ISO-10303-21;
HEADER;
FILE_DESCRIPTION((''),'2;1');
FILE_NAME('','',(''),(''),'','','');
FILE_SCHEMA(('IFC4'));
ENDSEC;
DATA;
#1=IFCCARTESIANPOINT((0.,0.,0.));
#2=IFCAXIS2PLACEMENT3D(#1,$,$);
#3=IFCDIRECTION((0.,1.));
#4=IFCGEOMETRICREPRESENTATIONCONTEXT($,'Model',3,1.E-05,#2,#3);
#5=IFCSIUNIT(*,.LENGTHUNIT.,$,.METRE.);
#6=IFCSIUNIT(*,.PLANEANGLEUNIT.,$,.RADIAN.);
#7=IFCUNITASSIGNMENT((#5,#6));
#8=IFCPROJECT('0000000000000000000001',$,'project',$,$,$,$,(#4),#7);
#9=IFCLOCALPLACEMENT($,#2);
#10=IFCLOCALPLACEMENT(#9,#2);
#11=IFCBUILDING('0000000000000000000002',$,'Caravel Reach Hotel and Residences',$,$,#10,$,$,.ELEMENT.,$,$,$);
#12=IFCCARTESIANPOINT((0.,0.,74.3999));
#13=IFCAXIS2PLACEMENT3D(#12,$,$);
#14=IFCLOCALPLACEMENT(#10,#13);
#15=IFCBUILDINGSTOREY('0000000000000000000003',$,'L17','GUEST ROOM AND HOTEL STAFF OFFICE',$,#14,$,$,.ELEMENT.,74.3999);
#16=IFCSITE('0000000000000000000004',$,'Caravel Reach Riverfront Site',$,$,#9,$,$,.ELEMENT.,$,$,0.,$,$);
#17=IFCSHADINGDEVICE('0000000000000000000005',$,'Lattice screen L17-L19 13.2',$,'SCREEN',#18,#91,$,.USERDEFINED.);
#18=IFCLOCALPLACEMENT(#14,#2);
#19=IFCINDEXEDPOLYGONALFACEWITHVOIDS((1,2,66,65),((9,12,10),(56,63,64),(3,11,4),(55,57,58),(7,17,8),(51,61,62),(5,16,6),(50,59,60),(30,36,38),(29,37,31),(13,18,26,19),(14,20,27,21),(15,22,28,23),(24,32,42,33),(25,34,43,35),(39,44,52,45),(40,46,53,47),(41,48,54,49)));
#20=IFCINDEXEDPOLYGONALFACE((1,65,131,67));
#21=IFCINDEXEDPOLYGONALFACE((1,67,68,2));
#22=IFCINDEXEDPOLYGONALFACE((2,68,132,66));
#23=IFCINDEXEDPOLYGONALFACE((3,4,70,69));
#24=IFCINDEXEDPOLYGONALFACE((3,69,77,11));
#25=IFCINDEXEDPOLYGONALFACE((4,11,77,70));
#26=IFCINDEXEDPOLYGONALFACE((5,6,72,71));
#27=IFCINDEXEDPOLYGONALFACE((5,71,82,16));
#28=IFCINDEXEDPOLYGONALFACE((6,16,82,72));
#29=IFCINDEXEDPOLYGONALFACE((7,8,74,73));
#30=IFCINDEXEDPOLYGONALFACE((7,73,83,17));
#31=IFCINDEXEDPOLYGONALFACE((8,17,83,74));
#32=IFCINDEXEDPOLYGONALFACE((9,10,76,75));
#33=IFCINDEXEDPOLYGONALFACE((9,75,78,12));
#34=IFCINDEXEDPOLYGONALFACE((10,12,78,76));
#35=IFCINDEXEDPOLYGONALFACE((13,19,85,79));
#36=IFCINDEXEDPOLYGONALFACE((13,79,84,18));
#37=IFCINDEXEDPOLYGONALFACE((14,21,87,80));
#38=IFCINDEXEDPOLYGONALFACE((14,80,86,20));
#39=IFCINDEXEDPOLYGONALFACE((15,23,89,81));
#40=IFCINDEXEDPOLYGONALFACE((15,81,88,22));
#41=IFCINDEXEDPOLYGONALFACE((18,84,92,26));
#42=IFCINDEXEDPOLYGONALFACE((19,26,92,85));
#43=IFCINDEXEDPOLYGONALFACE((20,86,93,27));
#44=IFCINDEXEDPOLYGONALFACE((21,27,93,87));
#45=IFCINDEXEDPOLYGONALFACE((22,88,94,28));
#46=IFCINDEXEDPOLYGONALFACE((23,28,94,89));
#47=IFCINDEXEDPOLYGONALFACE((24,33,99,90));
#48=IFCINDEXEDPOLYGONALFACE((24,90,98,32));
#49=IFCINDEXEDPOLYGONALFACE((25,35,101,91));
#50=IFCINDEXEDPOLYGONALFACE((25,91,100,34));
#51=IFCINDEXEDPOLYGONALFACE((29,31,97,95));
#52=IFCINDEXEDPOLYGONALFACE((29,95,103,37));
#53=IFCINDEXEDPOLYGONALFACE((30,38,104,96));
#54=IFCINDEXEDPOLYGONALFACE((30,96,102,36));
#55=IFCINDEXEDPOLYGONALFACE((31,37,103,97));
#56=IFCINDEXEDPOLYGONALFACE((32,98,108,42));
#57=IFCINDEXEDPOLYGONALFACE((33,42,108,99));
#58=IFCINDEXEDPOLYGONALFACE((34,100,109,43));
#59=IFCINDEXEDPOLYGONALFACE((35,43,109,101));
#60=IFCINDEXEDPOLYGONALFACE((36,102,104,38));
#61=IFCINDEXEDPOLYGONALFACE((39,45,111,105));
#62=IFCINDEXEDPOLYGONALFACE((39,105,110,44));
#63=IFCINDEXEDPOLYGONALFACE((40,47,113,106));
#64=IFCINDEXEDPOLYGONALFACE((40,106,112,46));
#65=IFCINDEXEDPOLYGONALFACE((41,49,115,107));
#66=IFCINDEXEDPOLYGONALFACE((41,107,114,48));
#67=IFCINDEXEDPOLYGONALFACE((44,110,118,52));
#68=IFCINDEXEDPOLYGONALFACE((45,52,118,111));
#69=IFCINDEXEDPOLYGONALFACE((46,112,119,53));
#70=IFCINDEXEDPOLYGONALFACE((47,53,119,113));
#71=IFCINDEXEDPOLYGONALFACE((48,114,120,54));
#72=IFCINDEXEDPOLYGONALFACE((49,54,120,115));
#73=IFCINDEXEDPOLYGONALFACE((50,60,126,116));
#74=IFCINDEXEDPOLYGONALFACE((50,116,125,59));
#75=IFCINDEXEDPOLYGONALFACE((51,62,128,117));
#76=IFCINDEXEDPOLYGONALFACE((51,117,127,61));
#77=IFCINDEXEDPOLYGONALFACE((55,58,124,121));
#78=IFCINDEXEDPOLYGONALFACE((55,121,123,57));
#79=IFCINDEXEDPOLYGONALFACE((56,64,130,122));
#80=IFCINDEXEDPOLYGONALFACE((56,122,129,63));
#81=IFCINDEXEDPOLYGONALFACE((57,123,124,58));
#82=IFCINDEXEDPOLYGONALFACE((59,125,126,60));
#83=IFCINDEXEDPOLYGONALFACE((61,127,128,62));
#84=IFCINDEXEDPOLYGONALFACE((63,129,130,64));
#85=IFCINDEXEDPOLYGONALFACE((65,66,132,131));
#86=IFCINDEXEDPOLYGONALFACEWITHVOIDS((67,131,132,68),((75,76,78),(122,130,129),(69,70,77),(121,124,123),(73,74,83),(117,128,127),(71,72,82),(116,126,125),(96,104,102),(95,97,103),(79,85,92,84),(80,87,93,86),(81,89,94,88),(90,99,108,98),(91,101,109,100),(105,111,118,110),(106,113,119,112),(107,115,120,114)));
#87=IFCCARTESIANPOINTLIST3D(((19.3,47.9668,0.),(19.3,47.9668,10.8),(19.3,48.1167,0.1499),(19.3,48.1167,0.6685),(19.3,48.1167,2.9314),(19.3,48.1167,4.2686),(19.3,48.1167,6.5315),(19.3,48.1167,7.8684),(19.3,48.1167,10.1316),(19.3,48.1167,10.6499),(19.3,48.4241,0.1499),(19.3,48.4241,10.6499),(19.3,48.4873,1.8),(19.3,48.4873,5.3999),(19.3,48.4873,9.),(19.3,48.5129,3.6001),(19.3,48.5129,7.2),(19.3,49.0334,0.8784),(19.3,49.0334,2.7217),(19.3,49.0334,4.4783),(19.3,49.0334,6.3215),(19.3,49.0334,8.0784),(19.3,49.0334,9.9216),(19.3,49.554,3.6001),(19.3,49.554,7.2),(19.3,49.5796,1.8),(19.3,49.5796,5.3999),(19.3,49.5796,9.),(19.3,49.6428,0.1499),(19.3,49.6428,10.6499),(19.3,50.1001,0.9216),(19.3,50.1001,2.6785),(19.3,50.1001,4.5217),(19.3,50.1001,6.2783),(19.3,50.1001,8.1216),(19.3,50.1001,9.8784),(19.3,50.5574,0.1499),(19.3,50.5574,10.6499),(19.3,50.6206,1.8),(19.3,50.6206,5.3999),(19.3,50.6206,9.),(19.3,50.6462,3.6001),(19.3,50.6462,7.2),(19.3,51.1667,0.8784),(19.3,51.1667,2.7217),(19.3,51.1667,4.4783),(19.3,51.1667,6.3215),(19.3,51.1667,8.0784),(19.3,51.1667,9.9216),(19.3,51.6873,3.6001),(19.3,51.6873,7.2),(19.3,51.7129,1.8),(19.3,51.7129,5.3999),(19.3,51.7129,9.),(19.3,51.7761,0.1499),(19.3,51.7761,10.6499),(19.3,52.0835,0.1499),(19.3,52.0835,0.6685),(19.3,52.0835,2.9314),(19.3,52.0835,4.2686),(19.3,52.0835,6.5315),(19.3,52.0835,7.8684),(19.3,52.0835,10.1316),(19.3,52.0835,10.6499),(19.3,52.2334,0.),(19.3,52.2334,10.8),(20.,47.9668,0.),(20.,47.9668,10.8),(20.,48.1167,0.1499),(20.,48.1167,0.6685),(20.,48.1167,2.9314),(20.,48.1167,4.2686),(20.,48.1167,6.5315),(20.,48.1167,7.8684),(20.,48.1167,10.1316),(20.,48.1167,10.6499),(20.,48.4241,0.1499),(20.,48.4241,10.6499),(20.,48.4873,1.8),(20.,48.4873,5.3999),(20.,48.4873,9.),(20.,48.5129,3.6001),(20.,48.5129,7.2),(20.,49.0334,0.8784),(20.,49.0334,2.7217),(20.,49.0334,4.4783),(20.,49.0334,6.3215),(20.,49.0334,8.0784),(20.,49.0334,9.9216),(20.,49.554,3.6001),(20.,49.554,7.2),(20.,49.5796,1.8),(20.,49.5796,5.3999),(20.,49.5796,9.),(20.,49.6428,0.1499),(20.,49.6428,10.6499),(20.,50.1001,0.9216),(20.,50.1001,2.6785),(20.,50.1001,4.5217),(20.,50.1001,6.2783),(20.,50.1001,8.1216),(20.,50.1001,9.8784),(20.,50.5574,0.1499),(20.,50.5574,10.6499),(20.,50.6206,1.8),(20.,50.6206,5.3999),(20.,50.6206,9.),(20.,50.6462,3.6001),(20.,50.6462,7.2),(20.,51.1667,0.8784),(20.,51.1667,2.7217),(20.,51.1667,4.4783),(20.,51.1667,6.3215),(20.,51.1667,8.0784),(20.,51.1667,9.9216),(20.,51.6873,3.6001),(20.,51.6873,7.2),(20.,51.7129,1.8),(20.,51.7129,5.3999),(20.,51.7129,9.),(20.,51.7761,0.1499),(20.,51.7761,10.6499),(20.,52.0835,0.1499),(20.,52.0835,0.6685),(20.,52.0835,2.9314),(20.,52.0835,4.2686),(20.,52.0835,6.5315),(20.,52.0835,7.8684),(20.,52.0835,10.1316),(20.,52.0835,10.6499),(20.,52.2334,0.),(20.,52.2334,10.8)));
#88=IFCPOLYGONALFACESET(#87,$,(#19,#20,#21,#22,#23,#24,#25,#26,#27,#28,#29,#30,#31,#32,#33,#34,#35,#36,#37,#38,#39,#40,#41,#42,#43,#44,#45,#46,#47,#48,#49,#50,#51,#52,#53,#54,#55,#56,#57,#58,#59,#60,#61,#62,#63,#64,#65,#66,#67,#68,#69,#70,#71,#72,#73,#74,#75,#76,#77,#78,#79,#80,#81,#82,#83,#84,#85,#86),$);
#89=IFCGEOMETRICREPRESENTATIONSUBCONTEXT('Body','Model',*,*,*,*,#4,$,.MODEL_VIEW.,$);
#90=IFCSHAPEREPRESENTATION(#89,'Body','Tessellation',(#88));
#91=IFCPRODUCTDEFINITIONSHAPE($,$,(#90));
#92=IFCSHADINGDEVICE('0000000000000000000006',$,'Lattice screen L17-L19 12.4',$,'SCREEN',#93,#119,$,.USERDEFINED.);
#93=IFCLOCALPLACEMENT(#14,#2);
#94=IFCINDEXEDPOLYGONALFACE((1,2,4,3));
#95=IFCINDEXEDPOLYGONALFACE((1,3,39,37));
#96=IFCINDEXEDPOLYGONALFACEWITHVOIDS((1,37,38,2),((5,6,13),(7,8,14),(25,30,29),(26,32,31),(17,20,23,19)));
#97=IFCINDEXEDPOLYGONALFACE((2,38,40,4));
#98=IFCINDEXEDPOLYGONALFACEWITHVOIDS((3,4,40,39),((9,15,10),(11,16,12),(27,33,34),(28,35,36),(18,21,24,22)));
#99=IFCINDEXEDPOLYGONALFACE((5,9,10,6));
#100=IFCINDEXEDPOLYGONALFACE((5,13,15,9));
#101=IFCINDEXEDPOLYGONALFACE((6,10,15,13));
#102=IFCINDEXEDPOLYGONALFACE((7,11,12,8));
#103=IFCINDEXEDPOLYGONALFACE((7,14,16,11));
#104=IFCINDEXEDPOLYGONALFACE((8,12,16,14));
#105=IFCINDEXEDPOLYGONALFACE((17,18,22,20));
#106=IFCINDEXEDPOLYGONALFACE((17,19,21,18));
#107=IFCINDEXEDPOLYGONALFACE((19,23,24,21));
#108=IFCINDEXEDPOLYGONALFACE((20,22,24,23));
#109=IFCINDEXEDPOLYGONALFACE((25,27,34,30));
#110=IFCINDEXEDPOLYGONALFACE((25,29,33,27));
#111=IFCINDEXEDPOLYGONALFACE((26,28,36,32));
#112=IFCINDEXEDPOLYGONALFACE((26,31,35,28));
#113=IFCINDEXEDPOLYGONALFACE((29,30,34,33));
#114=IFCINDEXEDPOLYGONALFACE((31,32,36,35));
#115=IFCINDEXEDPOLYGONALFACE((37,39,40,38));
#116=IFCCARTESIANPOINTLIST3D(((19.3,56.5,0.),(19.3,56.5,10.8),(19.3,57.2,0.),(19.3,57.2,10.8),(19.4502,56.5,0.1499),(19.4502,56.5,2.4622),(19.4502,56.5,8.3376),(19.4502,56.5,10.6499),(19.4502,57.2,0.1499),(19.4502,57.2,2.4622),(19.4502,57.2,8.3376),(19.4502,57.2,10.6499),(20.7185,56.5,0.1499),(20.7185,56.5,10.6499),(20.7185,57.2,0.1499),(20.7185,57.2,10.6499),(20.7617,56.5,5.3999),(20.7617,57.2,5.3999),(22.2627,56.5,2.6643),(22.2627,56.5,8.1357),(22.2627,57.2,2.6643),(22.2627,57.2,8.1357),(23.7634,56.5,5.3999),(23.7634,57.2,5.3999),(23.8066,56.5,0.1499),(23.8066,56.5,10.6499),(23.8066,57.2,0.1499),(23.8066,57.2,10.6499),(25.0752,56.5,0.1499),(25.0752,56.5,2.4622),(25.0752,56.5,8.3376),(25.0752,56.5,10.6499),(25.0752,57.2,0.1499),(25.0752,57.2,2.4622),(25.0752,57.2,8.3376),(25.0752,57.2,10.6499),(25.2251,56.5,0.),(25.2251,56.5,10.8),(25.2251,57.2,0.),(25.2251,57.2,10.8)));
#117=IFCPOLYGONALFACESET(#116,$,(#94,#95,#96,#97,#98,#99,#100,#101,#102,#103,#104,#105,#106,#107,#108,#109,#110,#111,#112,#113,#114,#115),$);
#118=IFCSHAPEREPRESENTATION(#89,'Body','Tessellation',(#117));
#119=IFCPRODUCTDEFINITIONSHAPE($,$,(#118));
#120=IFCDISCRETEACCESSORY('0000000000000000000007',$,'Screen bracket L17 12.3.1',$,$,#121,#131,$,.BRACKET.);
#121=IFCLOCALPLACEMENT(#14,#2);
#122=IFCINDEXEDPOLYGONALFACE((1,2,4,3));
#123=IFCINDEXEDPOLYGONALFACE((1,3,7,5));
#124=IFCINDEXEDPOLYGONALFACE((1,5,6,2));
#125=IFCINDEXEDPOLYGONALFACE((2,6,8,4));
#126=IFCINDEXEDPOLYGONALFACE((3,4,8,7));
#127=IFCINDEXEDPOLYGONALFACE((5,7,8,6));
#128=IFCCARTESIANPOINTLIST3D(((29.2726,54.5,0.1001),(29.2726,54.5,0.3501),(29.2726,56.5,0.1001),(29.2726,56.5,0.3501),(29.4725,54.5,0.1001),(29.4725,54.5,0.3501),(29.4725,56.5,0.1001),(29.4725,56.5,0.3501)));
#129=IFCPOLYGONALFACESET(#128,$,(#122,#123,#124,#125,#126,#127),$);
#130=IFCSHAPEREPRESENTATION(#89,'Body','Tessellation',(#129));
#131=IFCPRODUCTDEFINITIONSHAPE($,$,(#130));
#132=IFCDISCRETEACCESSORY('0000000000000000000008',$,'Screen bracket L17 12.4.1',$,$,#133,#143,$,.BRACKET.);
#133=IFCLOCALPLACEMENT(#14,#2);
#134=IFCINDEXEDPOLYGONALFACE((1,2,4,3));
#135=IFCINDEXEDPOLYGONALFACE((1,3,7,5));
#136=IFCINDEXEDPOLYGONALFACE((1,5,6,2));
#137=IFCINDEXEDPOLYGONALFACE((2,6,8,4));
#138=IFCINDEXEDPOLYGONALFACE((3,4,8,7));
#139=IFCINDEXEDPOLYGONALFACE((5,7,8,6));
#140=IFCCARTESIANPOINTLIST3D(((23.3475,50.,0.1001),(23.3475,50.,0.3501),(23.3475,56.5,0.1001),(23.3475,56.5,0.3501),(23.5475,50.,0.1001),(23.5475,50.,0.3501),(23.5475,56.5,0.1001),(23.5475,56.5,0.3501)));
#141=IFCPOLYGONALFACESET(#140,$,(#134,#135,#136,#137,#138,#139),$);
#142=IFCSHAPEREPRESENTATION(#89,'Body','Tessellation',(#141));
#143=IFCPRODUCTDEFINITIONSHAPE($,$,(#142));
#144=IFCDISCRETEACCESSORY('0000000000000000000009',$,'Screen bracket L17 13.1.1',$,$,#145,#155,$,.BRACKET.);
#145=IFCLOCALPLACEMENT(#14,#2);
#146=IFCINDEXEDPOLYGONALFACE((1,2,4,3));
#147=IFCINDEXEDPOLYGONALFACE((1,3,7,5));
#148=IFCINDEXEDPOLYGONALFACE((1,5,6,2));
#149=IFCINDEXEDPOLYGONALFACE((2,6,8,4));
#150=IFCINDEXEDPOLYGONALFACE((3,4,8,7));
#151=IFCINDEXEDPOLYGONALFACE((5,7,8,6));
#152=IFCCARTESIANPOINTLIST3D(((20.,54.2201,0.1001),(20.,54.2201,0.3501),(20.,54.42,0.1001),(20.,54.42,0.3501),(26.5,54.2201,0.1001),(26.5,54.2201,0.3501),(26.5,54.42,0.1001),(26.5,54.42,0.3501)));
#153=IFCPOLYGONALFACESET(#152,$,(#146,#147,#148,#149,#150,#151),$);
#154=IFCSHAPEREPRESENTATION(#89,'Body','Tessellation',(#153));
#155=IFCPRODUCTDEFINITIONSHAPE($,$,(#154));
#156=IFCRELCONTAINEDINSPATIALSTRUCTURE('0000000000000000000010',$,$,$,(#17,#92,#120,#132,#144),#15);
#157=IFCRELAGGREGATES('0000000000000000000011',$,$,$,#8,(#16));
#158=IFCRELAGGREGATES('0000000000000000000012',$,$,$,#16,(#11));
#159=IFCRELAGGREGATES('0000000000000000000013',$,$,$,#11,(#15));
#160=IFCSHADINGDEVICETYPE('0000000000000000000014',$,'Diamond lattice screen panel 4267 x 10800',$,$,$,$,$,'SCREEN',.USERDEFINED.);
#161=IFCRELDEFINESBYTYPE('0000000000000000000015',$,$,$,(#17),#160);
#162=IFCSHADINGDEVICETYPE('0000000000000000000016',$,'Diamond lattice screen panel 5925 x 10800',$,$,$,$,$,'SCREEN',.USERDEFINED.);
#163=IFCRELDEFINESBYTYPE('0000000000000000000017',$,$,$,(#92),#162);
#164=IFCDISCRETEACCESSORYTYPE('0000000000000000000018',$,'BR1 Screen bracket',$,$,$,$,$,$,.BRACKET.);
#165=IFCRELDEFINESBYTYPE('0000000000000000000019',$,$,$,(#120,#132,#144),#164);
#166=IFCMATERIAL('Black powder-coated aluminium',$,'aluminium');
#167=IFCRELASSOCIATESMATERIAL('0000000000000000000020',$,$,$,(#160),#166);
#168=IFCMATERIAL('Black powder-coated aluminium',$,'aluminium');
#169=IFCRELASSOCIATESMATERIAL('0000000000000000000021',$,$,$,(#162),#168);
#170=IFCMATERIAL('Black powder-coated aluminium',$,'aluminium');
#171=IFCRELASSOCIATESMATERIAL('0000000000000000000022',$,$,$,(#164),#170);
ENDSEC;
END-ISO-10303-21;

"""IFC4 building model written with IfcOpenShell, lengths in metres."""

from ifc_helpers import new_model, si_unit, direction, frame, origin, origin_2d, place, context, subcontext, project, spatial, polyline, rectangle, outline, extrude, material, type_object, element, save


model = new_model("IFC4")

# Units and contexts
model_context = context("Model", 3, precision=1e-05, world=origin(), true_north=direction((0.0, 1.0)))
body_context = subcontext(model_context, "Body", "Model", "MODEL_VIEW")
ifc_project = project(units=[si_unit("LENGTHUNIT", "METRE"), si_unit("PLANEANGLEUNIT", "RADIAN")], contexts=[model_context])

# Site, building, storey
site_placement = place(None, origin())
site = spatial("IfcSite", under=ifc_project, at=site_placement, Name="Caravel Reach Riverfront Site", CompositionType="ELEMENT", RefElevation=0.0)
building_placement = place(site_placement, origin())
building = spatial("IfcBuilding", under=site, at=building_placement, Name="Caravel Reach Hotel and Residences", CompositionType="ELEMENT")
storey_placement = place(building_placement, frame((0.0, 0.0, 74.3999)))
storey = spatial("IfcBuildingStorey", under=building, at=storey_placement, Name="L17", Description="GUEST ROOM AND HOTEL STAFF OFFICE", CompositionType="ELEMENT", Elevation=74.3999)

# Shading devices
ifc_material_1 = material(Name="Black powder-coated aluminium", Category="aluminium")
shading_device_type_1 = type_object("IfcShadingDeviceType", Name="Diamond lattice screen panel 4267 x 10800", ElementType="SCREEN", PredefinedType="USERDEFINED", material=ifc_material_1)
shading_device_1_placement = place(storey_placement, frame((20.0, 52.2334, 0.0), z_axis=(-1.0, 0.0, 0.0), x_axis=(0.0, -1.0, 0.0)))
element("IfcShadingDevice", 1, at=shading_device_1_placement, inside=storey, type_object=shading_device_type_1, Name="Lattice screen L17-L19 13.2", ObjectType="SCREEN", PredefinedType="USERDEFINED", context=body_context, shape_type="SweptSolid", body=[
    extrude(outline(polyline([(0.0, 0.0), (4.2666, 0.0), (4.2666, 10.8), (0.0, 10.8), (0.0, 0.0)]), holes=[polyline([(0.4573, 0.1499), (0.1499, 0.6685), (0.1499, 0.1499), (0.4573, 0.1499)]), polyline([(0.5461, 3.6001), (0.1499, 4.2686), (0.1499, 2.9314), (0.5461, 3.6001)]), polyline([(0.5461, 7.2), (0.1499, 7.8684), (0.1499, 6.5315), (0.5461, 7.2)]), polyline([(0.1499, 10.1316), (0.4573, 10.6499), (0.1499, 10.6499), (0.1499, 10.1316)]), polyline([(1.0667, 2.7217), (0.5205, 1.8), (1.0667, 0.8784), (1.6128, 1.8), (1.0667, 2.7217)]), polyline([(1.0667, 6.3215), (0.5205, 5.3999), (1.0667, 4.4783), (1.6128, 5.3999), (1.0667, 6.3215)]), polyline([(1.0667, 9.9216), (0.5205, 9.0), (1.0667, 8.0784), (1.6128, 9.0), (1.0667, 9.9216)]), polyline([(2.1333, 0.9216), (1.676, 0.1499), (2.5906, 0.1499), (2.1333, 0.9216)]), polyline([(2.1333, 4.5217), (1.5872, 3.6001), (2.1333, 2.6785), (2.6794, 3.6001), (2.1333, 4.5217)]), polyline([(2.1333, 8.1216), (1.5872, 7.2), (2.1333, 6.2783), (2.6794, 7.2), (2.1333, 8.1216)]), polyline([(2.1333, 9.8784), (2.5906, 10.6499), (1.676, 10.6499), (2.1333, 9.8784)]), polyline([(3.2, 2.7217), (2.6538, 1.8), (3.2, 0.8784), (3.7461, 1.8), (3.2, 2.7217)]), polyline([(3.2, 6.3215), (2.6538, 5.3999), (3.2, 4.4783), (3.7461, 5.3999), (3.2, 6.3215)]), polyline([(3.2, 9.9216), (2.6538, 9.0), (3.2, 8.0784), (3.7461, 9.0), (3.2, 9.9216)]), polyline([(4.1167, 0.6685), (3.8093, 0.1499), (4.1167, 0.1499), (4.1167, 0.6685)]), polyline([(3.7205, 3.6001), (4.1167, 2.9314), (4.1167, 4.2686), (3.7205, 3.6001)]), polyline([(3.7205, 7.2), (4.1167, 6.5315), (4.1167, 7.8684), (3.7205, 7.2)]), polyline([(3.8093, 10.6499), (4.1167, 10.1316), (4.1167, 10.6499), (3.8093, 10.6499)])]), origin(), (0.0, 0.0, 1.0), 0.7),
])
ifc_material_2 = material(Name="Black powder-coated aluminium", Category="aluminium")
shading_device_type_2 = type_object("IfcShadingDeviceType", Name="Diamond lattice screen panel 5925 x 10800", ElementType="SCREEN", PredefinedType="USERDEFINED", material=ifc_material_2)
shading_device_2_placement = place(storey_placement, frame((25.2251, 56.5, 0.0), z_axis=(0.0, 1.0, 0.0), x_axis=(-1.0, 0.0, 0.0)))
element("IfcShadingDevice", 2, at=shading_device_2_placement, inside=storey, type_object=shading_device_type_2, Name="Lattice screen L17-L19 12.4", ObjectType="SCREEN", PredefinedType="USERDEFINED", context=body_context, shape_type="SweptSolid", body=[
    extrude(outline(polyline([(0.0, 0.0), (5.925, 0.0), (5.925, 10.8), (0.0, 10.8), (0.0, 0.0)]), holes=[polyline([(1.4185, 0.1499), (0.1499, 2.4622), (0.1499, 0.1499), (1.4185, 0.1499)]), polyline([(0.1499, 8.3376), (1.4185, 10.6499), (0.1499, 10.6499), (0.1499, 8.3376)]), polyline([(2.9624, 8.1357), (1.4617, 5.3999), (2.9624, 2.6643), (4.4634, 5.3999), (2.9624, 8.1357)]), polyline([(5.7749, 2.4622), (4.5066, 0.1499), (5.7749, 0.1499), (5.7749, 2.4622)]), polyline([(4.5066, 10.6499), (5.7749, 8.3376), (5.7749, 10.6499), (4.5066, 10.6499)])]), origin(), (0.0, 0.0, 1.0), 0.7),
])

# Discrete accessories
ifc_material_3 = material(Name="Black powder-coated aluminium", Category="aluminium")
discrete_accessory_type = type_object("IfcDiscreteAccessoryType", Name="BR1 Screen bracket", PredefinedType="BRACKET", material=ifc_material_3)
discrete_accessory_placement = place(storey_placement, frame((29.3726, 55.5, 0.1001), z_axis=(0.0, 0.0, 1.0), x_axis=(0.0, 1.0, 0.0)))
element("IfcDiscreteAccessory", 3, at=discrete_accessory_placement, inside=storey, type_object=discrete_accessory_type, Name="Screen bracket L17 12.3.1", PredefinedType="BRACKET", context=body_context, shape_type="SweptSolid", body=[
    extrude(rectangle(XDim=2.0, YDim=0.2, at=origin_2d()), origin(), (0.0, 0.0, 1.0), 0.25),
])
for number, where, z_axis, x_axis, name in (
    (4, (23.4475, 53.25, 0.1001), (0.0, 0.0, 1.0), (0.0, 1.0, 0.0), "Screen bracket L17 12.4.1"),
    (5, (23.25, 54.3201, 0.1001), (0.0, 0.0, 1.0), (-1.0, 0.0, 0.0), "Screen bracket L17 13.1.1"),
):
    element("IfcDiscreteAccessory", number, at=place(storey_placement, frame(where, z_axis=z_axis, x_axis=x_axis)), inside=storey, type_object=discrete_accessory_type, Name=name, PredefinedType="BRACKET", context=body_context, shape_type="SweptSolid", body=[
        extrude(rectangle(XDim=6.5, YDim=0.2, at=origin_2d()), origin(), (0.0, 0.0, 1.0), 0.25),
    ])

save(model, "model.ifc")
